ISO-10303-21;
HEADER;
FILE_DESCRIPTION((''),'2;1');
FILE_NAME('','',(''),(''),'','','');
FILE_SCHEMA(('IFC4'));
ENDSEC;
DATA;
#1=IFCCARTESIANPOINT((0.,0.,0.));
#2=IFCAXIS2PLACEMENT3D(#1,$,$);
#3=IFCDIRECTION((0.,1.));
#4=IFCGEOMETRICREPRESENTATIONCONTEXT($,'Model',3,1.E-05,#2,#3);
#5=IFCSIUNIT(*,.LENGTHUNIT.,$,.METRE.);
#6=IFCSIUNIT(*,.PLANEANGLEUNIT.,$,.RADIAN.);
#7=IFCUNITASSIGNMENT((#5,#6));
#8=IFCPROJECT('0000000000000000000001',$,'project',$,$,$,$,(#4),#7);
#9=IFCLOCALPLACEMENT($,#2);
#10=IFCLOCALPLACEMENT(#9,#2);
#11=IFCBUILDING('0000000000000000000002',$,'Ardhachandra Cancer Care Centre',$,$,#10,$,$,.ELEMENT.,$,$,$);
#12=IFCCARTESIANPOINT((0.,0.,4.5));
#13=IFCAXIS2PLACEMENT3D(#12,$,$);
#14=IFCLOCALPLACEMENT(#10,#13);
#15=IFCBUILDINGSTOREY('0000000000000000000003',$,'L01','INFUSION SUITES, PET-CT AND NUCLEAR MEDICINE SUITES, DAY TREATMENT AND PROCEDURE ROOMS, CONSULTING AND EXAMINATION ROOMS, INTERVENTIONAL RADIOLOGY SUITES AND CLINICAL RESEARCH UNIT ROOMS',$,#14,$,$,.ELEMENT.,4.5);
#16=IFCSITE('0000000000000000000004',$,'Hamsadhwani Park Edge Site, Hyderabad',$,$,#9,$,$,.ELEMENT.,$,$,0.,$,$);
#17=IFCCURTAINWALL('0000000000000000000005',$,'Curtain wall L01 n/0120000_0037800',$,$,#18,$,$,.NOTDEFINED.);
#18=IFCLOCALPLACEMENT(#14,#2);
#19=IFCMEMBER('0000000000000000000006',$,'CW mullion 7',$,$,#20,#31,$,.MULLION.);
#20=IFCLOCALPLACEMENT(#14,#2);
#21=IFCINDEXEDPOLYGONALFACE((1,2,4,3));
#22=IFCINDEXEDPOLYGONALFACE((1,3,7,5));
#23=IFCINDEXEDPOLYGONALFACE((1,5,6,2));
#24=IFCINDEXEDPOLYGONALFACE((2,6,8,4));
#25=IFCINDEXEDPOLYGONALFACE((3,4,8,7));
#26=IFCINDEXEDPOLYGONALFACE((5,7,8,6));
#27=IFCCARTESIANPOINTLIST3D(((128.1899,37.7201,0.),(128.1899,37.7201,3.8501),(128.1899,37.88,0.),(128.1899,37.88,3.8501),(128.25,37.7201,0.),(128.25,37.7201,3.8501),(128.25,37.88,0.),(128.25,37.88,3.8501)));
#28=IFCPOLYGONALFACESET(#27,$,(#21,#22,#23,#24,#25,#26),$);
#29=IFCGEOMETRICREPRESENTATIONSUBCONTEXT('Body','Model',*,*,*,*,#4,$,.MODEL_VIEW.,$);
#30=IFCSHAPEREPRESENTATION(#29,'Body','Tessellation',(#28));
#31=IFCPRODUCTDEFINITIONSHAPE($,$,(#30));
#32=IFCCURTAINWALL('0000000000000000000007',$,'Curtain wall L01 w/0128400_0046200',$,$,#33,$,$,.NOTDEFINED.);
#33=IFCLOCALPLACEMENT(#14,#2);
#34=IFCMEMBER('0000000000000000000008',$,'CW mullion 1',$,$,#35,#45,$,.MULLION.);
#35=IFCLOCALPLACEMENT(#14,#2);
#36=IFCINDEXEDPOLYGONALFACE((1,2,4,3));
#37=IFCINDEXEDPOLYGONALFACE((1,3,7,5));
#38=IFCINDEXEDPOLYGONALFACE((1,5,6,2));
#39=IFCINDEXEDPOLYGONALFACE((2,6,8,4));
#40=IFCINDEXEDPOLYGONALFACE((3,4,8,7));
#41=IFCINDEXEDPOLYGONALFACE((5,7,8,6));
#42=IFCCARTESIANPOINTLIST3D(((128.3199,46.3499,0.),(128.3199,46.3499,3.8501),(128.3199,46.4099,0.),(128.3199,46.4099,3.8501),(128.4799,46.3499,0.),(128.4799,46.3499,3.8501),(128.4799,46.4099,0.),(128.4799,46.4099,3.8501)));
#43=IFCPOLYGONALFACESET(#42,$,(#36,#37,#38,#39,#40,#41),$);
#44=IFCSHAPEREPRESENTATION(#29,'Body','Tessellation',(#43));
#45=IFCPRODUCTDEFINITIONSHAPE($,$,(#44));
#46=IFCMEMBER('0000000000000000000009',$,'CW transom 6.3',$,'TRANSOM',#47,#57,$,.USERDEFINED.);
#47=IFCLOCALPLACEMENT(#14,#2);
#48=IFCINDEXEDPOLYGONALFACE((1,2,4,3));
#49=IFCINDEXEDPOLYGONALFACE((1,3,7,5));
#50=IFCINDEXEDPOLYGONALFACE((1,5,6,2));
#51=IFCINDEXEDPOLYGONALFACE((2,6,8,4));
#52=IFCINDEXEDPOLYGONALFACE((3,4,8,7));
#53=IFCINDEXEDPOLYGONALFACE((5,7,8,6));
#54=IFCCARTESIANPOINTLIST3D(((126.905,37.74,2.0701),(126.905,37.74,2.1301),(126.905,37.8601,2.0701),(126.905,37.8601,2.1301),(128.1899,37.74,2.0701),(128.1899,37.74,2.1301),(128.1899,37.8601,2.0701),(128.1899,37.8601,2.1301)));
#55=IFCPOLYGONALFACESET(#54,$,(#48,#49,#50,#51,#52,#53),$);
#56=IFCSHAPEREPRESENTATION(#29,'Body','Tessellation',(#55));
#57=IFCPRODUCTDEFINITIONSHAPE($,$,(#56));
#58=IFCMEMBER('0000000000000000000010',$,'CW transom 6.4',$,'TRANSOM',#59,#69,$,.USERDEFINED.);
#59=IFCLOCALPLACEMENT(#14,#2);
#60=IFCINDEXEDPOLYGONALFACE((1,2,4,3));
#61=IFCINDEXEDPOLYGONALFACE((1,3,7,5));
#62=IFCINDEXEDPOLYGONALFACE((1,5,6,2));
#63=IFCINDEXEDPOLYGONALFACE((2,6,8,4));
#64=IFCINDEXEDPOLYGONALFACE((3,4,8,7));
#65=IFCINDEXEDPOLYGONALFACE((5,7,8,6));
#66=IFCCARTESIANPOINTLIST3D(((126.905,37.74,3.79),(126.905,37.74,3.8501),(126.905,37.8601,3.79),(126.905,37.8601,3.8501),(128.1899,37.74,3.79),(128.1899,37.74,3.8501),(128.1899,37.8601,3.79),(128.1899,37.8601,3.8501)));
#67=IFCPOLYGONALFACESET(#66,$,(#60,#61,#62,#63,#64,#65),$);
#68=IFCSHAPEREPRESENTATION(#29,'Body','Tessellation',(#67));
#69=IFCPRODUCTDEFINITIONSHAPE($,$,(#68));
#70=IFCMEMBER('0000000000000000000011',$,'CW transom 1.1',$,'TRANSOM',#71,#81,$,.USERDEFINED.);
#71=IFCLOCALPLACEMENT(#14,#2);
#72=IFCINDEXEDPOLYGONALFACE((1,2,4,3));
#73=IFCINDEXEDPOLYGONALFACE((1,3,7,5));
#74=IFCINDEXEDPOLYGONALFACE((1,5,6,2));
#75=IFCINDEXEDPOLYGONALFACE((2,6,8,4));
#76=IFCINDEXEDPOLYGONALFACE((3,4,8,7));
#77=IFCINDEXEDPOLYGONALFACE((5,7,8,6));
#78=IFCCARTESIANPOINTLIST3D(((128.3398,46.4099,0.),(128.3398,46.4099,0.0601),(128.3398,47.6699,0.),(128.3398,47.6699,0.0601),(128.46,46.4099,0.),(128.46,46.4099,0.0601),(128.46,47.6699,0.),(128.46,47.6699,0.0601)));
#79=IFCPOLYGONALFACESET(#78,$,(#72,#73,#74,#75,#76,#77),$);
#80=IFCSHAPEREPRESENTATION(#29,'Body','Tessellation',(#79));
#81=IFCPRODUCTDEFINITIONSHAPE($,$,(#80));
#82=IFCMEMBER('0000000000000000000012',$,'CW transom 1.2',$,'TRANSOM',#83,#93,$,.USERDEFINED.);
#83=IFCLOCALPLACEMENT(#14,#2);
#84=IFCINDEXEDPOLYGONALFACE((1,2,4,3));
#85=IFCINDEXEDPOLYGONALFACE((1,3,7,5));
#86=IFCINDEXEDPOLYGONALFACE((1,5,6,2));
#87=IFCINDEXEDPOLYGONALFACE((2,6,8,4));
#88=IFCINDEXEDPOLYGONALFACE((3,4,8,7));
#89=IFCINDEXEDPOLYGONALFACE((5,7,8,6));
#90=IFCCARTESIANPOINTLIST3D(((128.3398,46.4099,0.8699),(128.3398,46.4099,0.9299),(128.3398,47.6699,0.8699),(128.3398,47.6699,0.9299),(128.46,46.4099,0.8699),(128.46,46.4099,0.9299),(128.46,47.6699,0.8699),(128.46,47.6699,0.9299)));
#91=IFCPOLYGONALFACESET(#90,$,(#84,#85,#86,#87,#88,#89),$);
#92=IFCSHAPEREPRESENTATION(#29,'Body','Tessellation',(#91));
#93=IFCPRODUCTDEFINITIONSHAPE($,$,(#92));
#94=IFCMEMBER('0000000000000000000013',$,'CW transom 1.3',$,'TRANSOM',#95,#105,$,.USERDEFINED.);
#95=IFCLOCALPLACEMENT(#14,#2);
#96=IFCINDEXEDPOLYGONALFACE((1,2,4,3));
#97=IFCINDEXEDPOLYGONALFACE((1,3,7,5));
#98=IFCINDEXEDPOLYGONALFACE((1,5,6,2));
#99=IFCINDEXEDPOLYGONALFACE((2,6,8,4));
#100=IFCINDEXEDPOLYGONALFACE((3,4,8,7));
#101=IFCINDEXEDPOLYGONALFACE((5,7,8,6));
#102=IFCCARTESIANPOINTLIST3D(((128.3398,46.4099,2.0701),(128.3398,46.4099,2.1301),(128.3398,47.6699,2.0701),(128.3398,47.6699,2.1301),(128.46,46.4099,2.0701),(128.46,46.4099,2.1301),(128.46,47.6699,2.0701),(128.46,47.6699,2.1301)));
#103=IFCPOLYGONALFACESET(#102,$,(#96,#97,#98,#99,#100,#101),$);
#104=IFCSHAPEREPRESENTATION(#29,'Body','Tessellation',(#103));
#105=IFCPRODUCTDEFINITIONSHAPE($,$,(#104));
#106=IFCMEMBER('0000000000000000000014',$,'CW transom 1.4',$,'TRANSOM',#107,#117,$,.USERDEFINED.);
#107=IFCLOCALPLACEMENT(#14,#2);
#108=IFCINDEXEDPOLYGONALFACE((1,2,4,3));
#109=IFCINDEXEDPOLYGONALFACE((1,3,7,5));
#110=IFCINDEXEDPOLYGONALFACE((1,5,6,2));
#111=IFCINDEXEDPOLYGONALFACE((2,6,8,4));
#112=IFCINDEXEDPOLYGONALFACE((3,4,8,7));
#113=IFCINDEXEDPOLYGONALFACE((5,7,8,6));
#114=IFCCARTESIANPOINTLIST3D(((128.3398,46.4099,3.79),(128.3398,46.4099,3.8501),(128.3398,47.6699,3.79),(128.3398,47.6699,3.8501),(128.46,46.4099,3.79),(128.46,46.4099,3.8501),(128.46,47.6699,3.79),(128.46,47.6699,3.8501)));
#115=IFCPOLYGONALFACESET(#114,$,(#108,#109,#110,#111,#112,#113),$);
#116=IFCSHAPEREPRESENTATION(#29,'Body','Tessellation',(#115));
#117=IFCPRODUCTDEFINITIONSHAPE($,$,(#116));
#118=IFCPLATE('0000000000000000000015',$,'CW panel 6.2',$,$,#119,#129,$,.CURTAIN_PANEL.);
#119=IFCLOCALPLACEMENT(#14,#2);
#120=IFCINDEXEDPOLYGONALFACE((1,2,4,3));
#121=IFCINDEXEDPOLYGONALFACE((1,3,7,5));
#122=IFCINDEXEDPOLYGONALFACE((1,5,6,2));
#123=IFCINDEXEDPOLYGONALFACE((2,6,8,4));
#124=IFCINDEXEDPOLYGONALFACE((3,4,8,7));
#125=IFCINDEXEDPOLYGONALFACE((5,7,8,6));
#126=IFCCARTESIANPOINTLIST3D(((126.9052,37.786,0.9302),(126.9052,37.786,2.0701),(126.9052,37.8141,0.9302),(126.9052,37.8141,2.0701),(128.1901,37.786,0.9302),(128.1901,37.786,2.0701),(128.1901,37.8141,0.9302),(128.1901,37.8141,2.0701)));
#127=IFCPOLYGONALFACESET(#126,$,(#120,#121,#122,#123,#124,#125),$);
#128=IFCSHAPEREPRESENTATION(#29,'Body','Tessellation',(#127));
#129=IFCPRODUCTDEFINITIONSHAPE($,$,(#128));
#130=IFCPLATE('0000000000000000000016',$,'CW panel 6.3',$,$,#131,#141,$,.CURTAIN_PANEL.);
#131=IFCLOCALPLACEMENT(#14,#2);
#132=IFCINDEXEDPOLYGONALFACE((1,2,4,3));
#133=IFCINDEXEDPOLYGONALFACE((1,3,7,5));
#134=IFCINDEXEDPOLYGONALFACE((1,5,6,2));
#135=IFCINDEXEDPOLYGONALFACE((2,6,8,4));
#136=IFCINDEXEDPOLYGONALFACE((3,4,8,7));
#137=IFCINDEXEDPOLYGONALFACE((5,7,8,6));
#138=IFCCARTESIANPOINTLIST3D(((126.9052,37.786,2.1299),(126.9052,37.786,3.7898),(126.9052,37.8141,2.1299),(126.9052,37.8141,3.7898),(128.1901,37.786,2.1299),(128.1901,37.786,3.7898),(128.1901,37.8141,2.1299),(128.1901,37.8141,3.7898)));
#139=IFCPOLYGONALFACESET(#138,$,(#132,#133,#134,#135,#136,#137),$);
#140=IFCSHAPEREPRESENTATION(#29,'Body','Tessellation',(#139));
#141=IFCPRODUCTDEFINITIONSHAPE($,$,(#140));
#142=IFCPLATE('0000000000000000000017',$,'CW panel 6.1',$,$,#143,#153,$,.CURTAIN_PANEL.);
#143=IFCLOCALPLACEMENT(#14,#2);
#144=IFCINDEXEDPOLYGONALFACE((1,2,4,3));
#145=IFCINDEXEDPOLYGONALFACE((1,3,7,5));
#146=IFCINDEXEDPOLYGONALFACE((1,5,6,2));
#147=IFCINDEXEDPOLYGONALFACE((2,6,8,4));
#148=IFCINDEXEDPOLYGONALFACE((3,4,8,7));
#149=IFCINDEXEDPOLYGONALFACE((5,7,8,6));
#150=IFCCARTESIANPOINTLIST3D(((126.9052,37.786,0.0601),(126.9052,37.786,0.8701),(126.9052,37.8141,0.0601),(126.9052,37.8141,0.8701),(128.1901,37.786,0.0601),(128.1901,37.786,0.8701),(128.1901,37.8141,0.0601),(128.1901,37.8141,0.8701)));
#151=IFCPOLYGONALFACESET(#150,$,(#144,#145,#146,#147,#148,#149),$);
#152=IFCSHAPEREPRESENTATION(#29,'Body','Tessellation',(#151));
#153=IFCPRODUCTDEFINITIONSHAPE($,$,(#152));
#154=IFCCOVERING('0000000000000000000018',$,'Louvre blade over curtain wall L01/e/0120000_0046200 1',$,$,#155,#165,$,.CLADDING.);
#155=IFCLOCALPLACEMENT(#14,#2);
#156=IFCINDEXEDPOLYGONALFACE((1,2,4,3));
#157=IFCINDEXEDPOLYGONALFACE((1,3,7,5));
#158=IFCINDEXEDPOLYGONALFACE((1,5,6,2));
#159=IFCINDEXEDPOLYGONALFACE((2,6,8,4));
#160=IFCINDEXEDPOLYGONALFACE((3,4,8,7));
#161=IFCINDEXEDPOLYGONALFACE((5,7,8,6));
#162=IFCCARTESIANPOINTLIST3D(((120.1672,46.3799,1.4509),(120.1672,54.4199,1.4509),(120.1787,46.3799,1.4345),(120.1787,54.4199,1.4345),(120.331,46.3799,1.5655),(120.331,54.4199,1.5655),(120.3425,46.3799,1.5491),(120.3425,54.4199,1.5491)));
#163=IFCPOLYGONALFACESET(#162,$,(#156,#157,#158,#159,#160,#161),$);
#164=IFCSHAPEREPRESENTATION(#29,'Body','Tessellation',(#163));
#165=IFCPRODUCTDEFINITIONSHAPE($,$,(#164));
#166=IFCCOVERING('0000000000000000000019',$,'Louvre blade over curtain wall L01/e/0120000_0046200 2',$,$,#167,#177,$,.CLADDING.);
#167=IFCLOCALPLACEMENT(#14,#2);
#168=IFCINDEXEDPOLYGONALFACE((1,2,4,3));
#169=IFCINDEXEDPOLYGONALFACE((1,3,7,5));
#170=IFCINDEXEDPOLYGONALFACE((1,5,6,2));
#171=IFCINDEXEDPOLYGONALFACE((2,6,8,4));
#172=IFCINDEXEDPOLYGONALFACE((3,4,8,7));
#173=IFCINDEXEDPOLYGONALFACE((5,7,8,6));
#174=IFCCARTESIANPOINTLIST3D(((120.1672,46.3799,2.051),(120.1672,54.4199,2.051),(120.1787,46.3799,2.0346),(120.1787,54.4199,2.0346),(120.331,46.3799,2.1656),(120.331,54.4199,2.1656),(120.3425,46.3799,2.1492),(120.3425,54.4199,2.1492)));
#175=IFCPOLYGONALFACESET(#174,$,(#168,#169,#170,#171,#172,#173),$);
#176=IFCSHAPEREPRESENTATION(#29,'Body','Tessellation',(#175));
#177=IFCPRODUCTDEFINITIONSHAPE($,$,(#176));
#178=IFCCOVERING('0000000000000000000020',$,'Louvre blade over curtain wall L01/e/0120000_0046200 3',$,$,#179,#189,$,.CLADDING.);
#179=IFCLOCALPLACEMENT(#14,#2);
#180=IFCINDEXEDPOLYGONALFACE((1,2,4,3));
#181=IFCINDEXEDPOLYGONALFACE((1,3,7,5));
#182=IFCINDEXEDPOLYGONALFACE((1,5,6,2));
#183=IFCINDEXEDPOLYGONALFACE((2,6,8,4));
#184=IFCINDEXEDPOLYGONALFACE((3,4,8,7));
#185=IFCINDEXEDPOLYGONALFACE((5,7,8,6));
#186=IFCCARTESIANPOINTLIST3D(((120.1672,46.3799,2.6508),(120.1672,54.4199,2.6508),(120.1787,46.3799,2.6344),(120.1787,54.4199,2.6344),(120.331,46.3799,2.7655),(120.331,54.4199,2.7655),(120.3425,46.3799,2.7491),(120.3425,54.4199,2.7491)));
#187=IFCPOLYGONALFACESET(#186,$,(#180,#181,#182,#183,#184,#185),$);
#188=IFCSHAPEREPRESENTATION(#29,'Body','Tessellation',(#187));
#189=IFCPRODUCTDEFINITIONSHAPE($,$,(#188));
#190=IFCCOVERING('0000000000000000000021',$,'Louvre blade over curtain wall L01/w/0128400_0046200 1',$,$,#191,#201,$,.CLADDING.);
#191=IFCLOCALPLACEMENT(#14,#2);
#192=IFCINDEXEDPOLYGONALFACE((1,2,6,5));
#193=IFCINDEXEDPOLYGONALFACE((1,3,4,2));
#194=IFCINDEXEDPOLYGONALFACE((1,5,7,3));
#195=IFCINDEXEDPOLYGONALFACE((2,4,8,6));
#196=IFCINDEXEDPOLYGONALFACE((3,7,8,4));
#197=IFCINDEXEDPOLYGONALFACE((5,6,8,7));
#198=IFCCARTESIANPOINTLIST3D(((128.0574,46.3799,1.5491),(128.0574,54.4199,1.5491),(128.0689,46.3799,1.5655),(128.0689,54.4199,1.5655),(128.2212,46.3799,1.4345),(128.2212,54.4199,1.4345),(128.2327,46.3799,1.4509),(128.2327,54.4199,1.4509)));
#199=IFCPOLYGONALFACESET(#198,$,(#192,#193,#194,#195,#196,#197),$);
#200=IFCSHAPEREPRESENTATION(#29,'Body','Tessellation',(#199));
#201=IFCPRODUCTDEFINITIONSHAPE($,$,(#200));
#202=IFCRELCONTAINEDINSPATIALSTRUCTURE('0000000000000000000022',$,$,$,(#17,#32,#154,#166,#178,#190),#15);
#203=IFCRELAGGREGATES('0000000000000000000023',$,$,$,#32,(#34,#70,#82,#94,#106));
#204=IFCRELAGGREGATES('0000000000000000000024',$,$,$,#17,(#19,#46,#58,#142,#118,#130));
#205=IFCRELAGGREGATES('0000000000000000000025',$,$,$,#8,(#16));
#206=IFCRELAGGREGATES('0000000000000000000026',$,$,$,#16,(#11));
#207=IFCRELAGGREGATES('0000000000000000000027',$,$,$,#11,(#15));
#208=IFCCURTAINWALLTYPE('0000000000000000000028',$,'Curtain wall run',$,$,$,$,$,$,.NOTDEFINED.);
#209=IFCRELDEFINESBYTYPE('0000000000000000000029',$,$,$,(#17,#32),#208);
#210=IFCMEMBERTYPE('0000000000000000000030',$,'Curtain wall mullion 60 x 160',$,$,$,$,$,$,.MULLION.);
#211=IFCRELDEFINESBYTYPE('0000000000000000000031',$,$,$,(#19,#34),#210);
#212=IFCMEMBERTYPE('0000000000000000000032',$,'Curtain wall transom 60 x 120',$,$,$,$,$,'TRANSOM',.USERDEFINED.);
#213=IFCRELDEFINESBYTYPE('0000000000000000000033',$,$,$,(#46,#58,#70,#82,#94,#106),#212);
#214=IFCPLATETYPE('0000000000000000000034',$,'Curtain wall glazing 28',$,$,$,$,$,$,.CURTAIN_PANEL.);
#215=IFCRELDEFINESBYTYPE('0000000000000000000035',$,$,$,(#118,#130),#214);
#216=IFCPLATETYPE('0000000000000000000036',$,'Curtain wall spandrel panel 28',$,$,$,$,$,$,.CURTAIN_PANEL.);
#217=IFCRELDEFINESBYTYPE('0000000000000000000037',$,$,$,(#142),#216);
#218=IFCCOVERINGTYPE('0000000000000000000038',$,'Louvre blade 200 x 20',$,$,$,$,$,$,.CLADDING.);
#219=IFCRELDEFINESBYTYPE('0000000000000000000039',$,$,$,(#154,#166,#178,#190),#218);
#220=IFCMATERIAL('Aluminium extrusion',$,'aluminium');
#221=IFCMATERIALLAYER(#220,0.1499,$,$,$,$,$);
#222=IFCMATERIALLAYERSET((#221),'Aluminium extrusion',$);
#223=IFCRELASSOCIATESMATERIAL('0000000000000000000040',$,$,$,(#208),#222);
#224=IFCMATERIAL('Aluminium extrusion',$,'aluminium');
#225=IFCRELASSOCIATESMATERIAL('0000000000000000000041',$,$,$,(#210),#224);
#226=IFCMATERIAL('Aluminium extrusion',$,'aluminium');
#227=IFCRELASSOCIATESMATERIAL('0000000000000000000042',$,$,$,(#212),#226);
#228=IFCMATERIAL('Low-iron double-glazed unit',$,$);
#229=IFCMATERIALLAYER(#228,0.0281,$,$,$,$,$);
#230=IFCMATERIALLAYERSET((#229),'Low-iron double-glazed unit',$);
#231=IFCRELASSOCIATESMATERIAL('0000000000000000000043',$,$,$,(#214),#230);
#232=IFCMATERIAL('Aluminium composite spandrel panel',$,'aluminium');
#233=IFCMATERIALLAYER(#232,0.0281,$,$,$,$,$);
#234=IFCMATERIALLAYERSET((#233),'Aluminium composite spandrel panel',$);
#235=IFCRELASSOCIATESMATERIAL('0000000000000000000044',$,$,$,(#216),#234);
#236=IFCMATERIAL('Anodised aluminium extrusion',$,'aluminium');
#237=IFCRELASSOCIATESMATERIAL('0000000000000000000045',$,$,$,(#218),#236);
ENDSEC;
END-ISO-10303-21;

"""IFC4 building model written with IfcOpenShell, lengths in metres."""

from ifc_helpers import new_model, si_unit, direction, frame, origin, origin_2d, place, context, subcontext, project, spatial, rectangle, extrude, material, layer, layer_set, material_profile, profile_set, type_object, element, aggregate, save


model = new_model("IFC4")

# Units and contexts
model_context = context("Model", 3, precision=1e-05, world=origin(), true_north=direction((0.0, 1.0)))
body_context = subcontext(model_context, "Body", "Model", "MODEL_VIEW")
ifc_project = project(units=[si_unit("LENGTHUNIT", "METRE"), si_unit("PLANEANGLEUNIT", "RADIAN")], contexts=[model_context])

# Site, building, storey
site_placement = place(None, origin())
site = spatial("IfcSite", under=ifc_project, at=site_placement, Name="Hamsadhwani Park Edge Site, Hyderabad", CompositionType="ELEMENT", RefElevation=0.0)
building_placement = place(site_placement, origin())
building = spatial("IfcBuilding", under=site, at=building_placement, Name="Ardhachandra Cancer Care Centre", CompositionType="ELEMENT")
storey_placement = place(building_placement, frame((0.0, 0.0, 4.5)))
storey = spatial("IfcBuildingStorey", under=building, at=storey_placement, Name="L01", Description="INFUSION SUITES, PET-CT AND NUCLEAR MEDICINE SUITES, DAY TREATMENT AND PROCEDURE ROOMS, CONSULTING AND EXAMINATION ROOMS, INTERVENTIONAL RADIOLOGY SUITES AND CLINICAL RESEARCH UNIT ROOMS", CompositionType="ELEMENT", Elevation=4.5)

# Curtain walls, members
ifc_material_1 = material(Name="Aluminium extrusion", Category="aluminium")
ifc_layer_1 = layer(ifc_material_1, 0.1499)
ifc_layer_set_1 = layer_set([ifc_layer_1], Name="Aluminium extrusion")
curtain_wall_type = type_object("IfcCurtainWallType", Name="Curtain wall run", PredefinedType="NOTDEFINED", material=ifc_layer_set_1)
curtain_wall_1_placement = place(storey_placement, origin())
curtain_wall_1 = element("IfcCurtainWall", 1, at=curtain_wall_1_placement, inside=storey, type_object=curtain_wall_type, Name="Curtain wall L01 n/0120000_0037800", PredefinedType="NOTDEFINED")
ifc_material_2 = material(Name="Aluminium extrusion", Category="aluminium")
ifc_material_profile_1 = material_profile(ifc_material_2, rectangle(XDim=0.1599, YDim=0.0601, at=origin_2d()), Name="Curtain wall mullion 60 x 160")
ifc_profile_set_1 = profile_set([ifc_material_profile_1], Name="Aluminium extrusion")
member_type_1 = type_object("IfcMemberType", Name="Curtain wall mullion 60 x 160", PredefinedType="MULLION", material=ifc_profile_set_1)
member_1_placement = place(storey_placement, frame((128.22, 37.8, 0.0), z_axis=(0.0, 0.0, 1.0), x_axis=(0.0, 1.0, 0.0)))
member_1 = element("IfcMember", 2, at=member_1_placement, type_object=member_type_1, Name="CW mullion 7", PredefinedType="MULLION", context=body_context, shape_type="SweptSolid", body=[
    extrude(rectangle(XDim=0.1599, YDim=0.0601, at=origin_2d()), origin(), (0.0, 0.0, 1.0), 3.8501),
])
curtain_wall_2_placement = place(storey_placement, origin())
curtain_wall_2 = element("IfcCurtainWall", 3, at=curtain_wall_2_placement, inside=storey, type_object=curtain_wall_type, Name="Curtain wall L01 w/0128400_0046200", PredefinedType="NOTDEFINED")
member_2_placement = place(storey_placement, frame((128.3999, 46.3799, 0.0), z_axis=(0.0, 0.0, 1.0), x_axis=(-1.0, 0.0, 0.0)))
member_2 = element("IfcMember", 4, at=member_2_placement, type_object=member_type_1, Name="CW mullion 1", PredefinedType="MULLION", context=body_context, shape_type="SweptSolid", body=[
    extrude(rectangle(XDim=0.1599, YDim=0.0601, at=origin_2d()), origin(), (0.0, 0.0, 1.0), 3.8501),
])

# Members
ifc_material_3 = material(Name="Aluminium extrusion", Category="aluminium")
ifc_material_profile_2 = material_profile(ifc_material_3, rectangle(XDim=0.1201, YDim=0.0601, at=origin_2d()), Name="Curtain wall transom 60 x 120")
ifc_profile_set_2 = profile_set([ifc_material_profile_2], Name="Aluminium extrusion")
member_type_2 = type_object("IfcMemberType", Name="Curtain wall transom 60 x 120", ElementType="TRANSOM", PredefinedType="USERDEFINED", material=ifc_profile_set_2)
member_3_placement = place(storey_placement, frame((126.905, 37.8, 2.1001), z_axis=(1.0, 0.0, 0.0), x_axis=(0.0, 1.0, 0.0)))
member_3 = element("IfcMember", 5, at=member_3_placement, type_object=member_type_2, Name="CW transom 6.3", ObjectType="TRANSOM", PredefinedType="USERDEFINED", context=body_context, shape_type="SweptSolid", body=[
    extrude(rectangle(XDim=0.1201, YDim=0.0601, at=origin_2d()), origin(), (0.0, 0.0, 1.0), 1.2849),
])
member_4_placement = place(storey_placement, frame((126.905, 37.8, 3.8201), z_axis=(1.0, 0.0, 0.0), x_axis=(0.0, 1.0, 0.0)))
member_4 = element("IfcMember", 6, at=member_4_placement, type_object=member_type_2, Name="CW transom 6.4", ObjectType="TRANSOM", PredefinedType="USERDEFINED", context=body_context, shape_type="SweptSolid", body=[
    extrude(rectangle(XDim=0.1201, YDim=0.0601, at=origin_2d()), origin(), (0.0, 0.0, 1.0), 1.2849),
])
member_5_placement = place(storey_placement, frame((128.3999, 46.4099, 0.03), z_axis=(0.0, 1.0, 0.0), x_axis=(-1.0, 0.0, 0.0)))
member_5 = element("IfcMember", 7, at=member_5_placement, type_object=member_type_2, Name="CW transom 1.1", ObjectType="TRANSOM", PredefinedType="USERDEFINED", context=body_context, shape_type="SweptSolid", body=[
    extrude(rectangle(XDim=0.1201, YDim=0.0601, at=origin_2d()), origin(), (0.0, 0.0, 1.0), 1.26),
])
member_6_placement = place(storey_placement, frame((128.3999, 46.4099, 0.8999), z_axis=(0.0, 1.0, 0.0), x_axis=(-1.0, 0.0, 0.0)))
member_6 = element("IfcMember", 8, at=member_6_placement, type_object=member_type_2, Name="CW transom 1.2", ObjectType="TRANSOM", PredefinedType="USERDEFINED", context=body_context, shape_type="SweptSolid", body=[
    extrude(rectangle(XDim=0.1201, YDim=0.0601, at=origin_2d()), origin(), (0.0, 0.0, 1.0), 1.26),
])
member_7_placement = place(storey_placement, frame((128.3999, 46.4099, 2.1001), z_axis=(0.0, 1.0, 0.0), x_axis=(-1.0, 0.0, 0.0)))
member_7 = element("IfcMember", 9, at=member_7_placement, type_object=member_type_2, Name="CW transom 1.3", ObjectType="TRANSOM", PredefinedType="USERDEFINED", context=body_context, shape_type="SweptSolid", body=[
    extrude(rectangle(XDim=0.1201, YDim=0.0601, at=origin_2d()), origin(), (0.0, 0.0, 1.0), 1.26),
])
member_8_placement = place(storey_placement, frame((128.3999, 46.4099, 3.8201), z_axis=(0.0, 1.0, 0.0), x_axis=(-1.0, 0.0, 0.0)))
member_8 = element("IfcMember", 10, at=member_8_placement, type_object=member_type_2, Name="CW transom 1.4", ObjectType="TRANSOM", PredefinedType="USERDEFINED", context=body_context, shape_type="SweptSolid", body=[
    extrude(rectangle(XDim=0.1201, YDim=0.0601, at=origin_2d()), origin(), (0.0, 0.0, 1.0), 1.26),
])
aggregate(curtain_wall_2, [member_2, member_5, member_6, member_7, member_8])

# Plates
ifc_material_4 = material(Name="Low-iron double-glazed unit")
ifc_layer_2 = layer(ifc_material_4, 0.0281)
ifc_layer_set_2 = layer_set([ifc_layer_2], Name="Low-iron double-glazed unit")
plate_type_1 = type_object("IfcPlateType", Name="Curtain wall glazing 28", PredefinedType="CURTAIN_PANEL", material=ifc_layer_set_2)
plate_1_placement = place(storey_placement, frame((127.5476, 37.8, 0.9302), z_axis=(0.0, 0.0, 1.0), x_axis=(1.0, 0.0, 0.0)))
plate_1 = element("IfcPlate", 11, at=plate_1_placement, type_object=plate_type_1, Name="CW panel 6.2", PredefinedType="CURTAIN_PANEL", context=body_context, shape_type="SweptSolid", body=[
    extrude(rectangle(XDim=1.2849, YDim=0.0281, at=origin_2d()), origin(), (0.0, 0.0, 1.0), 1.1399),
])
plate_2_placement = place(storey_placement, frame((127.5476, 37.8, 2.1299), z_axis=(0.0, 0.0, 1.0), x_axis=(1.0, 0.0, 0.0)))
plate_2 = element("IfcPlate", 12, at=plate_2_placement, type_object=plate_type_1, Name="CW panel 6.3", PredefinedType="CURTAIN_PANEL", context=body_context, shape_type="SweptSolid", body=[
    extrude(rectangle(XDim=1.2849, YDim=0.0281, at=origin_2d()), origin(), (0.0, 0.0, 1.0), 1.6599),
])
ifc_material_5 = material(Name="Aluminium composite spandrel panel", Category="aluminium")
ifc_layer_3 = layer(ifc_material_5, 0.0281)
ifc_layer_set_3 = layer_set([ifc_layer_3], Name="Aluminium composite spandrel panel")
plate_type_2 = type_object("IfcPlateType", Name="Curtain wall spandrel panel 28", PredefinedType="CURTAIN_PANEL", material=ifc_layer_set_3)
plate_3_placement = place(storey_placement, frame((127.5476, 37.8, 0.0601), z_axis=(0.0, 0.0, 1.0), x_axis=(1.0, 0.0, 0.0)))
plate_3 = element("IfcPlate", 13, at=plate_3_placement, type_object=plate_type_2, Name="CW panel 6.1", PredefinedType="CURTAIN_PANEL", context=body_context, shape_type="SweptSolid", body=[
    extrude(rectangle(XDim=1.2849, YDim=0.0281, at=origin_2d()), origin(), (0.0, 0.0, 1.0), 0.8101),
])
aggregate(curtain_wall_1, [member_1, member_3, member_4, plate_3, plate_1, plate_2])

# Coverings
ifc_material_6 = material(Name="Anodised aluminium extrusion", Category="aluminium")
ifc_material_profile_3 = material_profile(ifc_material_6, rectangle(XDim=0.2, YDim=0.02, at=origin_2d()), Name="Louvre blade 200 x 20")
ifc_profile_set_3 = profile_set([ifc_material_profile_3], Name="Anodised aluminium extrusion")
covering_type = type_object("IfcCoveringType", Name="Louvre blade 200 x 20", PredefinedType="CLADDING", material=ifc_profile_set_3)
for number, where, z_axis, x_axis, name in (
    (14, (120.2549, 46.3799, 1.5), (0.0, 1.0, 0.0), (-0.819152, 0.0, -0.573576), "Louvre blade over curtain wall L01/e/0120000_0046200 1"),
    (15, (120.2549, 46.3799, 2.1001), (0.0, 1.0, 0.0), (-0.819152, 0.0, -0.573576), "Louvre blade over curtain wall L01/e/0120000_0046200 2"),
    (16, (120.2549, 46.3799, 2.7), (0.0, 1.0, 0.0), (-0.819152, 0.0, -0.573576), "Louvre blade over curtain wall L01/e/0120000_0046200 3"),
    (17, (128.145, 46.3799, 1.5), (0.0, 1.0, 0.0), (-0.819152, 0.0, 0.573576), "Louvre blade over curtain wall L01/w/0128400_0046200 1"),
):
    element("IfcCovering", number, at=place(storey_placement, frame(where, z_axis=z_axis, x_axis=x_axis)), inside=storey, type_object=covering_type, Name=name, PredefinedType="CLADDING", context=body_context, shape_type="SweptSolid", body=[
        extrude(rectangle(XDim=0.2, YDim=0.02, at=origin_2d()), origin(), (0.0, 0.0, 1.0), 8.04),
    ])

save(model, "model.ifc")
